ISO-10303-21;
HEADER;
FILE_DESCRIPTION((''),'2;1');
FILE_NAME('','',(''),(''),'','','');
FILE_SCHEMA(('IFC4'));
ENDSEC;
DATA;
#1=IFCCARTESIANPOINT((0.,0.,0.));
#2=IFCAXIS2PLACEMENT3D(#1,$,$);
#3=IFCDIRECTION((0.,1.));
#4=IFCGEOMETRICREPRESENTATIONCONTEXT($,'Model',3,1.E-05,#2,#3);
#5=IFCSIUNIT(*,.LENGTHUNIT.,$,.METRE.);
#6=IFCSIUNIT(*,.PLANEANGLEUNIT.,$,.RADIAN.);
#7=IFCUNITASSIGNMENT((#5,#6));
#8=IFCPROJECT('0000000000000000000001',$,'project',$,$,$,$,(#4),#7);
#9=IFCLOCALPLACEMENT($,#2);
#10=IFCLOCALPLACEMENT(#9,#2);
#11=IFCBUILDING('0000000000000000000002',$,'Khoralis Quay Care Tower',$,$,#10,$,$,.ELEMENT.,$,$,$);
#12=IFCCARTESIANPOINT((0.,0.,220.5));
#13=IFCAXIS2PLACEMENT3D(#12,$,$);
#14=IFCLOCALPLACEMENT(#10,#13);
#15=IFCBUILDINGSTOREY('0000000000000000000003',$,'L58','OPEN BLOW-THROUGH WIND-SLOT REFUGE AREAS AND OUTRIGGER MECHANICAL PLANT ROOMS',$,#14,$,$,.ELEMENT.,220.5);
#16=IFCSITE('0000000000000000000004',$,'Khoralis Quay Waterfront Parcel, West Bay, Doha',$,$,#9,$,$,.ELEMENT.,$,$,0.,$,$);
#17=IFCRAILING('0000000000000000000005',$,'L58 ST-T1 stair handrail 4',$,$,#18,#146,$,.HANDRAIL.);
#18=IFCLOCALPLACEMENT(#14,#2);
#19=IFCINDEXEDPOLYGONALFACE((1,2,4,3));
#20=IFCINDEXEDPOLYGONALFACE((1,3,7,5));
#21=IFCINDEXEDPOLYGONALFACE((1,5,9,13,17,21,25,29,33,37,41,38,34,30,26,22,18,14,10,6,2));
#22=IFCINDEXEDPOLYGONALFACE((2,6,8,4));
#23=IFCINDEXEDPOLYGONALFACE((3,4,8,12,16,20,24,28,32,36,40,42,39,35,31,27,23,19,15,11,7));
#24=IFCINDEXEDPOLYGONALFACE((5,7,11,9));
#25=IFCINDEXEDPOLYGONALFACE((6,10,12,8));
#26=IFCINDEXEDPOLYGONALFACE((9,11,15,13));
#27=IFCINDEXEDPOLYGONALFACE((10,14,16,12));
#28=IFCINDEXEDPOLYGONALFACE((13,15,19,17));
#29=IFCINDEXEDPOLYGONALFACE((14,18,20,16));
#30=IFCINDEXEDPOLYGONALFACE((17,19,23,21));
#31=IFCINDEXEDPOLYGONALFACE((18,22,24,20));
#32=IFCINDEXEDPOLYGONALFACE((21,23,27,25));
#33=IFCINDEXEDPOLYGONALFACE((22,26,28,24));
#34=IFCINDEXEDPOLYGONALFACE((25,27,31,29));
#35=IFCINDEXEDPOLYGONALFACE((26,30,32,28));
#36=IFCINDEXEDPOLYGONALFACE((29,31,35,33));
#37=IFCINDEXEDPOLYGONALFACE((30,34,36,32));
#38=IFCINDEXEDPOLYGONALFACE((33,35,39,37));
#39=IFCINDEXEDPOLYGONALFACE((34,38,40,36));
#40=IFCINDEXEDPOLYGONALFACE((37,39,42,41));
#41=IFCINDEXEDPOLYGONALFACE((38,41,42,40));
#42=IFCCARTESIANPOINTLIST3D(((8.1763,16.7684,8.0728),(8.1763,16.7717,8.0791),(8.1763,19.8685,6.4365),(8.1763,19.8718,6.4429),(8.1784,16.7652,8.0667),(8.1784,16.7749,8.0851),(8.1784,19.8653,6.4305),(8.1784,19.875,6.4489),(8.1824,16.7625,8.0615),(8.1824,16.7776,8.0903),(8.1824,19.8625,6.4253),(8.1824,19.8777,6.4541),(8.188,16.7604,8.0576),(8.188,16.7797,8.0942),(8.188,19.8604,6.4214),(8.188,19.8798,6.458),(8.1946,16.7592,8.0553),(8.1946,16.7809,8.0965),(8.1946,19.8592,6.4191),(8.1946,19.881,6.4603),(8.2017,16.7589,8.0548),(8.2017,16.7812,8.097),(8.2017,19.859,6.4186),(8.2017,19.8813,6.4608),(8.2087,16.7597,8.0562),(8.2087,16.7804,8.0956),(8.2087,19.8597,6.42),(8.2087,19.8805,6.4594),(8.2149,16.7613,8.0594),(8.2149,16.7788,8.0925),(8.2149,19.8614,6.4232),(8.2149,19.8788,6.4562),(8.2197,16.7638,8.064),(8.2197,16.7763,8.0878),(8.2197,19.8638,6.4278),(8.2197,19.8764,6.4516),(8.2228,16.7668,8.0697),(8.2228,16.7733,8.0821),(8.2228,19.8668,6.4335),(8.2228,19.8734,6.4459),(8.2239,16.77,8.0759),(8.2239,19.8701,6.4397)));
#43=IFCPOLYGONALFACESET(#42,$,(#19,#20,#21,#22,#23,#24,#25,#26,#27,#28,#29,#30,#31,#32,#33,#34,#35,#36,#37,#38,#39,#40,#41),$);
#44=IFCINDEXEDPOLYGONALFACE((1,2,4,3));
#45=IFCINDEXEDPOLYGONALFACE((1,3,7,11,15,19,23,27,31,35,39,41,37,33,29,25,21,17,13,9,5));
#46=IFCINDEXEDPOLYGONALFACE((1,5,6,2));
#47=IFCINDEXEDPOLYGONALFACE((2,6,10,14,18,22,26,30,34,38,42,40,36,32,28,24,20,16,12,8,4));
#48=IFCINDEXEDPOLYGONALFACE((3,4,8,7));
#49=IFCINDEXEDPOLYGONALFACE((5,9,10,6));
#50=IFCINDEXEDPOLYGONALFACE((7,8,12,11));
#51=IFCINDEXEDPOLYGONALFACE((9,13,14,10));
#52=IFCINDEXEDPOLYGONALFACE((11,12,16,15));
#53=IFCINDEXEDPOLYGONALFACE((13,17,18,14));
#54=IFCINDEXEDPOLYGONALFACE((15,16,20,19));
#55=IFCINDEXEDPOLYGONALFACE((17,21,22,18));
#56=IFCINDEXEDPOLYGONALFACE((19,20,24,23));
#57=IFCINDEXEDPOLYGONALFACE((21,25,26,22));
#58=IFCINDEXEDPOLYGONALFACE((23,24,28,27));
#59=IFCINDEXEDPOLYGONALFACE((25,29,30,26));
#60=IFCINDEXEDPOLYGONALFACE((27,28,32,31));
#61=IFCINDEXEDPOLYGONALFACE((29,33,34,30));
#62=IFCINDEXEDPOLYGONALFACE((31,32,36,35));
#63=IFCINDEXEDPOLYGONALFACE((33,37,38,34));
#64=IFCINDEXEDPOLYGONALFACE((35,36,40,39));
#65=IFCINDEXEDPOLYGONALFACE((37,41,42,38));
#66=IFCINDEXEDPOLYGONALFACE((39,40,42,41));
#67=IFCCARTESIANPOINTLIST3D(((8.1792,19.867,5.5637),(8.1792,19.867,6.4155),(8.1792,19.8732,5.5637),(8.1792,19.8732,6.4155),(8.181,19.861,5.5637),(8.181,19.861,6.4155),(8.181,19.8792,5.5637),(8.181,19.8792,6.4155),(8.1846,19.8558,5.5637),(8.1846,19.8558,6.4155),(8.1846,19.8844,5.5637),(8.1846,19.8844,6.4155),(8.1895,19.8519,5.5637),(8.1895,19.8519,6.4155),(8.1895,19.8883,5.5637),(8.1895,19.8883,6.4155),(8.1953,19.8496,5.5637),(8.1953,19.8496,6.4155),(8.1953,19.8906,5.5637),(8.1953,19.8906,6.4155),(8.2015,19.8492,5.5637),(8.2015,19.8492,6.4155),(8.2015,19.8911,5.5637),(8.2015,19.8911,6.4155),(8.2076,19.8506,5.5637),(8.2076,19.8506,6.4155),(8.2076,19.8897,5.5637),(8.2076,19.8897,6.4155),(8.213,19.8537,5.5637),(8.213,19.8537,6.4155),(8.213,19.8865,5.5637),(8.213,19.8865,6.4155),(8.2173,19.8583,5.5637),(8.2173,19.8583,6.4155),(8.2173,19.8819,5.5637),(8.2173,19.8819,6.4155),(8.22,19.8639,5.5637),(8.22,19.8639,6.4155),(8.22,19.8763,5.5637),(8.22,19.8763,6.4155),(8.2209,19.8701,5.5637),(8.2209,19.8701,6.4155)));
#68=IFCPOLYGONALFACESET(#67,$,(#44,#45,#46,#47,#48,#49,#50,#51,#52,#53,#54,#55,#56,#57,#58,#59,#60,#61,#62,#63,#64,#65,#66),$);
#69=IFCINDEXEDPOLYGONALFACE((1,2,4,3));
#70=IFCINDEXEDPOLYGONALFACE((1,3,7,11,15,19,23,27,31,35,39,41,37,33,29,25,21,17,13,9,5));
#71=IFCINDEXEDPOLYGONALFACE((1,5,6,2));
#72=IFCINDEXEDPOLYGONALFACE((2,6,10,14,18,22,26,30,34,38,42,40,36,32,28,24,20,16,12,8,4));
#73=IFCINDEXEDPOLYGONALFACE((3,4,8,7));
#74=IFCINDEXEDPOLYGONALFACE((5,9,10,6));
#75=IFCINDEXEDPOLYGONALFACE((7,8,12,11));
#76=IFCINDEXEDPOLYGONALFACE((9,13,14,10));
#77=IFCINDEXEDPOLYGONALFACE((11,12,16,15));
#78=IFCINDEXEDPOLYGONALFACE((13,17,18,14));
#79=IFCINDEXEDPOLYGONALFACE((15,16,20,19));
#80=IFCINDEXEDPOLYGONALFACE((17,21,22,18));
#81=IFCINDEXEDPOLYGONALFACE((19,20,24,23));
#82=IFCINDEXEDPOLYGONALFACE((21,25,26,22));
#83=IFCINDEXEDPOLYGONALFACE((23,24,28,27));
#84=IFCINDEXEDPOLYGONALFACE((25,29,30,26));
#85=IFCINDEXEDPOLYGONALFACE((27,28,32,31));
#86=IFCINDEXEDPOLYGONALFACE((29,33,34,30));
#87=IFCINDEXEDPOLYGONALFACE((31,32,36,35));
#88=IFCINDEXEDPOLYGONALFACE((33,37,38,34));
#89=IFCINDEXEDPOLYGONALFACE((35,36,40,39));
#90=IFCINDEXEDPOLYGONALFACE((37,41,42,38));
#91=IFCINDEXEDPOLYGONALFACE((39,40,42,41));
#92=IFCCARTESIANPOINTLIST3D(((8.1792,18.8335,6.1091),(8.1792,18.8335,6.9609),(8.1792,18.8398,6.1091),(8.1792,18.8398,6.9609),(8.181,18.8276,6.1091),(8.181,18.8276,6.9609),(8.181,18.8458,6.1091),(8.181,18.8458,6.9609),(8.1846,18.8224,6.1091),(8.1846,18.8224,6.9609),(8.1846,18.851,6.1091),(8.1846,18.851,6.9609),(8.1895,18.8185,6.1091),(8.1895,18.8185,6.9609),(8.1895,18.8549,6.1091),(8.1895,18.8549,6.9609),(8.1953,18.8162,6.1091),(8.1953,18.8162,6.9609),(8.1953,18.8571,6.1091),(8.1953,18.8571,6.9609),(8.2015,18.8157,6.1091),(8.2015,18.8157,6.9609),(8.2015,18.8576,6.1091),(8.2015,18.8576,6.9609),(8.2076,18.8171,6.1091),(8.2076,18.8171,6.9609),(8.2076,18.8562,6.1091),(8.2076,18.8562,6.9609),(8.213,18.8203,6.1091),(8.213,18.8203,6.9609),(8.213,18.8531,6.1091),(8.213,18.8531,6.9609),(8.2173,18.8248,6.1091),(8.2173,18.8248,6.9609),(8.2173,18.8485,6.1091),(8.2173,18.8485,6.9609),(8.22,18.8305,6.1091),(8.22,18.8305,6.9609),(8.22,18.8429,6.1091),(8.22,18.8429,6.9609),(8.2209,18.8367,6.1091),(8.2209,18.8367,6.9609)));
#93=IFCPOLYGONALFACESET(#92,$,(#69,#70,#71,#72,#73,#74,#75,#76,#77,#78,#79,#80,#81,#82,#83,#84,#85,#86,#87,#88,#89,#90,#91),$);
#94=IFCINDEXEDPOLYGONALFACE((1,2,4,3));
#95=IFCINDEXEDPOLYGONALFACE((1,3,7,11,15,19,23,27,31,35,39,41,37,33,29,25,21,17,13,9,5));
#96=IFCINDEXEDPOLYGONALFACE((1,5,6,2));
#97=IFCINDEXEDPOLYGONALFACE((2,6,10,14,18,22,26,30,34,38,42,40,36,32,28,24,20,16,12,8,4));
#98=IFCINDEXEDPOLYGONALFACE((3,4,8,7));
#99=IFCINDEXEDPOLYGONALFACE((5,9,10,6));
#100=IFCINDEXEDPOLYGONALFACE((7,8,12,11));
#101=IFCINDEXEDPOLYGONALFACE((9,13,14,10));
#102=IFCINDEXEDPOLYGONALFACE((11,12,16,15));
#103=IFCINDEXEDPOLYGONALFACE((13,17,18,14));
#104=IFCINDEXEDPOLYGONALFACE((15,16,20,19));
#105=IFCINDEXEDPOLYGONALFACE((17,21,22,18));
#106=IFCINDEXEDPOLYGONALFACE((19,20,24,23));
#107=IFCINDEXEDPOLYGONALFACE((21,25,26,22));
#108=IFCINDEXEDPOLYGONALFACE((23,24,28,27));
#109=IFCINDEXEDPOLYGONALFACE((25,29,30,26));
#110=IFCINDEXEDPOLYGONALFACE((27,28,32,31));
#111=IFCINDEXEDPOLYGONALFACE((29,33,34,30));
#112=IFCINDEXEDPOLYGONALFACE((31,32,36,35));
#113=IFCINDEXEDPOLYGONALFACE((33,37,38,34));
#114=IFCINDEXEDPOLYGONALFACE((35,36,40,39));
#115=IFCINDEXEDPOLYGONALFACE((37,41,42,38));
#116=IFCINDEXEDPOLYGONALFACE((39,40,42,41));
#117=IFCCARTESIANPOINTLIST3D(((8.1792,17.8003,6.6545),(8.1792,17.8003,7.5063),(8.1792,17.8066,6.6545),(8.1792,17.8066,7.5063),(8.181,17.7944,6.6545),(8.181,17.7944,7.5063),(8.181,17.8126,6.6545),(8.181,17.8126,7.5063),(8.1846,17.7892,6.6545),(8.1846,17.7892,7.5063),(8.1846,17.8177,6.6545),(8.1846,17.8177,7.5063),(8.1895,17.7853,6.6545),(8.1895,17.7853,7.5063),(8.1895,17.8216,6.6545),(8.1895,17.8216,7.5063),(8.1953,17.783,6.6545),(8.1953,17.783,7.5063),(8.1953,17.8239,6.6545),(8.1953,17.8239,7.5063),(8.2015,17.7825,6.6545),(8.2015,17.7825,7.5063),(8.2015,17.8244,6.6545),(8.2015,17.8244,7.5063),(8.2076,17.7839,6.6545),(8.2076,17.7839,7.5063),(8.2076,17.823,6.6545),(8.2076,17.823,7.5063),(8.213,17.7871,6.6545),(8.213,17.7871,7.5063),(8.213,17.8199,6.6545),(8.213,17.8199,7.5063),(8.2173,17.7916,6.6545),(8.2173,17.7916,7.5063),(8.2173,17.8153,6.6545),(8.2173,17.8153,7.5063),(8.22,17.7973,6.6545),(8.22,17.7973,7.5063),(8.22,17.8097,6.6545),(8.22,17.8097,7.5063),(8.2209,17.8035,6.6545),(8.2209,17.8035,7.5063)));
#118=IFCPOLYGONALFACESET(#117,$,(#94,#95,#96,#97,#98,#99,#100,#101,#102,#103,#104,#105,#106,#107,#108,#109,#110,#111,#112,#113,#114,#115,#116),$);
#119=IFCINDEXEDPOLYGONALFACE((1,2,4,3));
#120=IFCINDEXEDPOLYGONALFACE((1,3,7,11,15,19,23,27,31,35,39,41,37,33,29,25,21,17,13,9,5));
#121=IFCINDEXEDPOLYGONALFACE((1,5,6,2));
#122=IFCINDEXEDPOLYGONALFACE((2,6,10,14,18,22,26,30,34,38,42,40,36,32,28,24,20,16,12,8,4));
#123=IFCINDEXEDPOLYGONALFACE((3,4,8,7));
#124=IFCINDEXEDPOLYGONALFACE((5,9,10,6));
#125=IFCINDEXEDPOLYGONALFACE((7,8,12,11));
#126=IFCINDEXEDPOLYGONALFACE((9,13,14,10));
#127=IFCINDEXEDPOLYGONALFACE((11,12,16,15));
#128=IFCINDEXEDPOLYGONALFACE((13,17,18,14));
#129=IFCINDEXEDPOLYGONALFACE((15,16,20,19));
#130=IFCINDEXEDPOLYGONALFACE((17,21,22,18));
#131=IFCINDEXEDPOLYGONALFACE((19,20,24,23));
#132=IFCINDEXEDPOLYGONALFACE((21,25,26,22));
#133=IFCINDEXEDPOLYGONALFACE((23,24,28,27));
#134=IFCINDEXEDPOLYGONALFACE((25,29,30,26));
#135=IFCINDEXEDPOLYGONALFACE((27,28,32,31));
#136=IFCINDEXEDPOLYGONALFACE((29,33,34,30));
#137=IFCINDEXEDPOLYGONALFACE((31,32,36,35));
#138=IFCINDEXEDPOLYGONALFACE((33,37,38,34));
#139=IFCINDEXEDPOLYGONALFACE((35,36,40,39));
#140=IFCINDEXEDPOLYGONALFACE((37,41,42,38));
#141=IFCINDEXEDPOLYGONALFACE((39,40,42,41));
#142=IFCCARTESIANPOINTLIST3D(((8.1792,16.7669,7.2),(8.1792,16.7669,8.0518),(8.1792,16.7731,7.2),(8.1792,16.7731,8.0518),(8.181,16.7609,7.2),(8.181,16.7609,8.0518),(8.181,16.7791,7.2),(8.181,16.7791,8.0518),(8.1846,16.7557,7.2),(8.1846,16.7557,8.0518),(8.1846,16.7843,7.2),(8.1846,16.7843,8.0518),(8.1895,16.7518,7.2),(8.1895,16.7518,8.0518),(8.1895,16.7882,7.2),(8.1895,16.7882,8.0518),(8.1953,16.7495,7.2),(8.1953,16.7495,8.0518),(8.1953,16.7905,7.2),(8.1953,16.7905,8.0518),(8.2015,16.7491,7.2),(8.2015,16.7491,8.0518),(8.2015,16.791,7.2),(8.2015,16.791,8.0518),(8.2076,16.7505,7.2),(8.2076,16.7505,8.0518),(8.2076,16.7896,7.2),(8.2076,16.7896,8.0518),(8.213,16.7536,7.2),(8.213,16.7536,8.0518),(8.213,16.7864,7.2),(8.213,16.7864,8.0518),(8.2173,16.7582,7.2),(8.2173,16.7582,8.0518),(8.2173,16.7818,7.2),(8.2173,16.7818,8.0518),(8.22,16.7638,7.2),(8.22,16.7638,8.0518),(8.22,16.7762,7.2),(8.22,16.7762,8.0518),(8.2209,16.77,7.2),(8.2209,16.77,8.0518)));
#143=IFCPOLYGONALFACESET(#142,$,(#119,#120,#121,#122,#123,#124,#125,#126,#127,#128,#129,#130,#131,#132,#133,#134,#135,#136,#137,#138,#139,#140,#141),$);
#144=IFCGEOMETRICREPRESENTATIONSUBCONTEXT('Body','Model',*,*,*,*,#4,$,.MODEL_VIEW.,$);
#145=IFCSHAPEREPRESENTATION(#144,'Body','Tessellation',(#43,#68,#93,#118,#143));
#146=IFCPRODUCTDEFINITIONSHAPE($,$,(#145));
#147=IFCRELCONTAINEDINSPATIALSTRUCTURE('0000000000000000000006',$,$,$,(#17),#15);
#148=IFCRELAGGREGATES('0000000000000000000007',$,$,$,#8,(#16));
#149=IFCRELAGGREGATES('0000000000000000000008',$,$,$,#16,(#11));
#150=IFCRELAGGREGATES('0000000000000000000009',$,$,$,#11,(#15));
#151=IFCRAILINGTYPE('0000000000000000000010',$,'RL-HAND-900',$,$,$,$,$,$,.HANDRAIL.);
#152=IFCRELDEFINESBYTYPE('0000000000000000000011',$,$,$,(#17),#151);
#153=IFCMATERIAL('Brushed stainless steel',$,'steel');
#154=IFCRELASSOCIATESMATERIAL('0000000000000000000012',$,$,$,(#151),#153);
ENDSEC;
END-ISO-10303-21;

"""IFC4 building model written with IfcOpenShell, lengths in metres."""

from ifc_helpers import new_model, si_unit, direction, frame, origin, origin_2d, place, context, subcontext, project, spatial, circle, extrude, material, type_object, element, save


model = new_model("IFC4")

# Units and contexts
model_context = context("Model", 3, precision=1e-05, world=origin(), true_north=direction((0.0, 1.0)))
body_context = subcontext(model_context, "Body", "Model", "MODEL_VIEW")
ifc_project = project(units=[si_unit("LENGTHUNIT", "METRE"), si_unit("PLANEANGLEUNIT", "RADIAN")], contexts=[model_context])

# Site, building, storey
site_placement = place(None, origin())
site = spatial("IfcSite", under=ifc_project, at=site_placement, Name="Khoralis Quay Waterfront Parcel, West Bay, Doha", CompositionType="ELEMENT", RefElevation=0.0)
building_placement = place(site_placement, origin())
building = spatial("IfcBuilding", under=site, at=building_placement, Name="Khoralis Quay Care Tower", CompositionType="ELEMENT")
storey_placement = place(building_placement, frame((0.0, 0.0, 220.5)))
storey = spatial("IfcBuildingStorey", under=building, at=storey_placement, Name="L58", Description="OPEN BLOW-THROUGH WIND-SLOT REFUGE AREAS AND OUTRIGGER MECHANICAL PLANT ROOMS", CompositionType="ELEMENT", Elevation=220.5)

# Railing
ifc_material_1 = material(Name="Brushed stainless steel", Category="steel")
railing_type_1 = type_object("IfcRailingType", Name="RL-HAND-900", PredefinedType="HANDRAIL", material=ifc_material_1)
railing_1_placement = place(storey_placement, frame((8.2, 19.8701, 5.5637)))
element("IfcRailing", 1, at=railing_1_placement, inside=storey, type_object=railing_type_1, Name="L58 ST-T1 stair handrail 4", PredefinedType="HANDRAIL", context=body_context, shape_type="SweptSolid", body=[
    extrude(circle(Radius=0.0239, at=origin_2d()), frame((0.0, 0.0, 0.876), z_axis=(0.0, -0.884377, 0.466774), x_axis=(1.0, 0.0, 0.0)), (0.0, 0.0, 1.0), 3.5054),
    extrude(circle(Radius=0.021, at=origin_2d()), origin(), (0.0, 0.0, 1.0), 0.8518),
    extrude(circle(Radius=0.021, at=origin_2d()), frame((0.0, -1.0334, 0.5454)), (0.0, 0.0, 1.0), 0.8518),
    extrude(circle(Radius=0.021, at=origin_2d()), frame((0.0, -2.0667, 1.0908)), (0.0, 0.0, 1.0), 0.8518),
    extrude(circle(Radius=0.021, at=origin_2d()), frame((0.0, -3.1001, 1.6362)), (0.0, 0.0, 1.0), 0.8518),
])

save(model, "model.ifc")
